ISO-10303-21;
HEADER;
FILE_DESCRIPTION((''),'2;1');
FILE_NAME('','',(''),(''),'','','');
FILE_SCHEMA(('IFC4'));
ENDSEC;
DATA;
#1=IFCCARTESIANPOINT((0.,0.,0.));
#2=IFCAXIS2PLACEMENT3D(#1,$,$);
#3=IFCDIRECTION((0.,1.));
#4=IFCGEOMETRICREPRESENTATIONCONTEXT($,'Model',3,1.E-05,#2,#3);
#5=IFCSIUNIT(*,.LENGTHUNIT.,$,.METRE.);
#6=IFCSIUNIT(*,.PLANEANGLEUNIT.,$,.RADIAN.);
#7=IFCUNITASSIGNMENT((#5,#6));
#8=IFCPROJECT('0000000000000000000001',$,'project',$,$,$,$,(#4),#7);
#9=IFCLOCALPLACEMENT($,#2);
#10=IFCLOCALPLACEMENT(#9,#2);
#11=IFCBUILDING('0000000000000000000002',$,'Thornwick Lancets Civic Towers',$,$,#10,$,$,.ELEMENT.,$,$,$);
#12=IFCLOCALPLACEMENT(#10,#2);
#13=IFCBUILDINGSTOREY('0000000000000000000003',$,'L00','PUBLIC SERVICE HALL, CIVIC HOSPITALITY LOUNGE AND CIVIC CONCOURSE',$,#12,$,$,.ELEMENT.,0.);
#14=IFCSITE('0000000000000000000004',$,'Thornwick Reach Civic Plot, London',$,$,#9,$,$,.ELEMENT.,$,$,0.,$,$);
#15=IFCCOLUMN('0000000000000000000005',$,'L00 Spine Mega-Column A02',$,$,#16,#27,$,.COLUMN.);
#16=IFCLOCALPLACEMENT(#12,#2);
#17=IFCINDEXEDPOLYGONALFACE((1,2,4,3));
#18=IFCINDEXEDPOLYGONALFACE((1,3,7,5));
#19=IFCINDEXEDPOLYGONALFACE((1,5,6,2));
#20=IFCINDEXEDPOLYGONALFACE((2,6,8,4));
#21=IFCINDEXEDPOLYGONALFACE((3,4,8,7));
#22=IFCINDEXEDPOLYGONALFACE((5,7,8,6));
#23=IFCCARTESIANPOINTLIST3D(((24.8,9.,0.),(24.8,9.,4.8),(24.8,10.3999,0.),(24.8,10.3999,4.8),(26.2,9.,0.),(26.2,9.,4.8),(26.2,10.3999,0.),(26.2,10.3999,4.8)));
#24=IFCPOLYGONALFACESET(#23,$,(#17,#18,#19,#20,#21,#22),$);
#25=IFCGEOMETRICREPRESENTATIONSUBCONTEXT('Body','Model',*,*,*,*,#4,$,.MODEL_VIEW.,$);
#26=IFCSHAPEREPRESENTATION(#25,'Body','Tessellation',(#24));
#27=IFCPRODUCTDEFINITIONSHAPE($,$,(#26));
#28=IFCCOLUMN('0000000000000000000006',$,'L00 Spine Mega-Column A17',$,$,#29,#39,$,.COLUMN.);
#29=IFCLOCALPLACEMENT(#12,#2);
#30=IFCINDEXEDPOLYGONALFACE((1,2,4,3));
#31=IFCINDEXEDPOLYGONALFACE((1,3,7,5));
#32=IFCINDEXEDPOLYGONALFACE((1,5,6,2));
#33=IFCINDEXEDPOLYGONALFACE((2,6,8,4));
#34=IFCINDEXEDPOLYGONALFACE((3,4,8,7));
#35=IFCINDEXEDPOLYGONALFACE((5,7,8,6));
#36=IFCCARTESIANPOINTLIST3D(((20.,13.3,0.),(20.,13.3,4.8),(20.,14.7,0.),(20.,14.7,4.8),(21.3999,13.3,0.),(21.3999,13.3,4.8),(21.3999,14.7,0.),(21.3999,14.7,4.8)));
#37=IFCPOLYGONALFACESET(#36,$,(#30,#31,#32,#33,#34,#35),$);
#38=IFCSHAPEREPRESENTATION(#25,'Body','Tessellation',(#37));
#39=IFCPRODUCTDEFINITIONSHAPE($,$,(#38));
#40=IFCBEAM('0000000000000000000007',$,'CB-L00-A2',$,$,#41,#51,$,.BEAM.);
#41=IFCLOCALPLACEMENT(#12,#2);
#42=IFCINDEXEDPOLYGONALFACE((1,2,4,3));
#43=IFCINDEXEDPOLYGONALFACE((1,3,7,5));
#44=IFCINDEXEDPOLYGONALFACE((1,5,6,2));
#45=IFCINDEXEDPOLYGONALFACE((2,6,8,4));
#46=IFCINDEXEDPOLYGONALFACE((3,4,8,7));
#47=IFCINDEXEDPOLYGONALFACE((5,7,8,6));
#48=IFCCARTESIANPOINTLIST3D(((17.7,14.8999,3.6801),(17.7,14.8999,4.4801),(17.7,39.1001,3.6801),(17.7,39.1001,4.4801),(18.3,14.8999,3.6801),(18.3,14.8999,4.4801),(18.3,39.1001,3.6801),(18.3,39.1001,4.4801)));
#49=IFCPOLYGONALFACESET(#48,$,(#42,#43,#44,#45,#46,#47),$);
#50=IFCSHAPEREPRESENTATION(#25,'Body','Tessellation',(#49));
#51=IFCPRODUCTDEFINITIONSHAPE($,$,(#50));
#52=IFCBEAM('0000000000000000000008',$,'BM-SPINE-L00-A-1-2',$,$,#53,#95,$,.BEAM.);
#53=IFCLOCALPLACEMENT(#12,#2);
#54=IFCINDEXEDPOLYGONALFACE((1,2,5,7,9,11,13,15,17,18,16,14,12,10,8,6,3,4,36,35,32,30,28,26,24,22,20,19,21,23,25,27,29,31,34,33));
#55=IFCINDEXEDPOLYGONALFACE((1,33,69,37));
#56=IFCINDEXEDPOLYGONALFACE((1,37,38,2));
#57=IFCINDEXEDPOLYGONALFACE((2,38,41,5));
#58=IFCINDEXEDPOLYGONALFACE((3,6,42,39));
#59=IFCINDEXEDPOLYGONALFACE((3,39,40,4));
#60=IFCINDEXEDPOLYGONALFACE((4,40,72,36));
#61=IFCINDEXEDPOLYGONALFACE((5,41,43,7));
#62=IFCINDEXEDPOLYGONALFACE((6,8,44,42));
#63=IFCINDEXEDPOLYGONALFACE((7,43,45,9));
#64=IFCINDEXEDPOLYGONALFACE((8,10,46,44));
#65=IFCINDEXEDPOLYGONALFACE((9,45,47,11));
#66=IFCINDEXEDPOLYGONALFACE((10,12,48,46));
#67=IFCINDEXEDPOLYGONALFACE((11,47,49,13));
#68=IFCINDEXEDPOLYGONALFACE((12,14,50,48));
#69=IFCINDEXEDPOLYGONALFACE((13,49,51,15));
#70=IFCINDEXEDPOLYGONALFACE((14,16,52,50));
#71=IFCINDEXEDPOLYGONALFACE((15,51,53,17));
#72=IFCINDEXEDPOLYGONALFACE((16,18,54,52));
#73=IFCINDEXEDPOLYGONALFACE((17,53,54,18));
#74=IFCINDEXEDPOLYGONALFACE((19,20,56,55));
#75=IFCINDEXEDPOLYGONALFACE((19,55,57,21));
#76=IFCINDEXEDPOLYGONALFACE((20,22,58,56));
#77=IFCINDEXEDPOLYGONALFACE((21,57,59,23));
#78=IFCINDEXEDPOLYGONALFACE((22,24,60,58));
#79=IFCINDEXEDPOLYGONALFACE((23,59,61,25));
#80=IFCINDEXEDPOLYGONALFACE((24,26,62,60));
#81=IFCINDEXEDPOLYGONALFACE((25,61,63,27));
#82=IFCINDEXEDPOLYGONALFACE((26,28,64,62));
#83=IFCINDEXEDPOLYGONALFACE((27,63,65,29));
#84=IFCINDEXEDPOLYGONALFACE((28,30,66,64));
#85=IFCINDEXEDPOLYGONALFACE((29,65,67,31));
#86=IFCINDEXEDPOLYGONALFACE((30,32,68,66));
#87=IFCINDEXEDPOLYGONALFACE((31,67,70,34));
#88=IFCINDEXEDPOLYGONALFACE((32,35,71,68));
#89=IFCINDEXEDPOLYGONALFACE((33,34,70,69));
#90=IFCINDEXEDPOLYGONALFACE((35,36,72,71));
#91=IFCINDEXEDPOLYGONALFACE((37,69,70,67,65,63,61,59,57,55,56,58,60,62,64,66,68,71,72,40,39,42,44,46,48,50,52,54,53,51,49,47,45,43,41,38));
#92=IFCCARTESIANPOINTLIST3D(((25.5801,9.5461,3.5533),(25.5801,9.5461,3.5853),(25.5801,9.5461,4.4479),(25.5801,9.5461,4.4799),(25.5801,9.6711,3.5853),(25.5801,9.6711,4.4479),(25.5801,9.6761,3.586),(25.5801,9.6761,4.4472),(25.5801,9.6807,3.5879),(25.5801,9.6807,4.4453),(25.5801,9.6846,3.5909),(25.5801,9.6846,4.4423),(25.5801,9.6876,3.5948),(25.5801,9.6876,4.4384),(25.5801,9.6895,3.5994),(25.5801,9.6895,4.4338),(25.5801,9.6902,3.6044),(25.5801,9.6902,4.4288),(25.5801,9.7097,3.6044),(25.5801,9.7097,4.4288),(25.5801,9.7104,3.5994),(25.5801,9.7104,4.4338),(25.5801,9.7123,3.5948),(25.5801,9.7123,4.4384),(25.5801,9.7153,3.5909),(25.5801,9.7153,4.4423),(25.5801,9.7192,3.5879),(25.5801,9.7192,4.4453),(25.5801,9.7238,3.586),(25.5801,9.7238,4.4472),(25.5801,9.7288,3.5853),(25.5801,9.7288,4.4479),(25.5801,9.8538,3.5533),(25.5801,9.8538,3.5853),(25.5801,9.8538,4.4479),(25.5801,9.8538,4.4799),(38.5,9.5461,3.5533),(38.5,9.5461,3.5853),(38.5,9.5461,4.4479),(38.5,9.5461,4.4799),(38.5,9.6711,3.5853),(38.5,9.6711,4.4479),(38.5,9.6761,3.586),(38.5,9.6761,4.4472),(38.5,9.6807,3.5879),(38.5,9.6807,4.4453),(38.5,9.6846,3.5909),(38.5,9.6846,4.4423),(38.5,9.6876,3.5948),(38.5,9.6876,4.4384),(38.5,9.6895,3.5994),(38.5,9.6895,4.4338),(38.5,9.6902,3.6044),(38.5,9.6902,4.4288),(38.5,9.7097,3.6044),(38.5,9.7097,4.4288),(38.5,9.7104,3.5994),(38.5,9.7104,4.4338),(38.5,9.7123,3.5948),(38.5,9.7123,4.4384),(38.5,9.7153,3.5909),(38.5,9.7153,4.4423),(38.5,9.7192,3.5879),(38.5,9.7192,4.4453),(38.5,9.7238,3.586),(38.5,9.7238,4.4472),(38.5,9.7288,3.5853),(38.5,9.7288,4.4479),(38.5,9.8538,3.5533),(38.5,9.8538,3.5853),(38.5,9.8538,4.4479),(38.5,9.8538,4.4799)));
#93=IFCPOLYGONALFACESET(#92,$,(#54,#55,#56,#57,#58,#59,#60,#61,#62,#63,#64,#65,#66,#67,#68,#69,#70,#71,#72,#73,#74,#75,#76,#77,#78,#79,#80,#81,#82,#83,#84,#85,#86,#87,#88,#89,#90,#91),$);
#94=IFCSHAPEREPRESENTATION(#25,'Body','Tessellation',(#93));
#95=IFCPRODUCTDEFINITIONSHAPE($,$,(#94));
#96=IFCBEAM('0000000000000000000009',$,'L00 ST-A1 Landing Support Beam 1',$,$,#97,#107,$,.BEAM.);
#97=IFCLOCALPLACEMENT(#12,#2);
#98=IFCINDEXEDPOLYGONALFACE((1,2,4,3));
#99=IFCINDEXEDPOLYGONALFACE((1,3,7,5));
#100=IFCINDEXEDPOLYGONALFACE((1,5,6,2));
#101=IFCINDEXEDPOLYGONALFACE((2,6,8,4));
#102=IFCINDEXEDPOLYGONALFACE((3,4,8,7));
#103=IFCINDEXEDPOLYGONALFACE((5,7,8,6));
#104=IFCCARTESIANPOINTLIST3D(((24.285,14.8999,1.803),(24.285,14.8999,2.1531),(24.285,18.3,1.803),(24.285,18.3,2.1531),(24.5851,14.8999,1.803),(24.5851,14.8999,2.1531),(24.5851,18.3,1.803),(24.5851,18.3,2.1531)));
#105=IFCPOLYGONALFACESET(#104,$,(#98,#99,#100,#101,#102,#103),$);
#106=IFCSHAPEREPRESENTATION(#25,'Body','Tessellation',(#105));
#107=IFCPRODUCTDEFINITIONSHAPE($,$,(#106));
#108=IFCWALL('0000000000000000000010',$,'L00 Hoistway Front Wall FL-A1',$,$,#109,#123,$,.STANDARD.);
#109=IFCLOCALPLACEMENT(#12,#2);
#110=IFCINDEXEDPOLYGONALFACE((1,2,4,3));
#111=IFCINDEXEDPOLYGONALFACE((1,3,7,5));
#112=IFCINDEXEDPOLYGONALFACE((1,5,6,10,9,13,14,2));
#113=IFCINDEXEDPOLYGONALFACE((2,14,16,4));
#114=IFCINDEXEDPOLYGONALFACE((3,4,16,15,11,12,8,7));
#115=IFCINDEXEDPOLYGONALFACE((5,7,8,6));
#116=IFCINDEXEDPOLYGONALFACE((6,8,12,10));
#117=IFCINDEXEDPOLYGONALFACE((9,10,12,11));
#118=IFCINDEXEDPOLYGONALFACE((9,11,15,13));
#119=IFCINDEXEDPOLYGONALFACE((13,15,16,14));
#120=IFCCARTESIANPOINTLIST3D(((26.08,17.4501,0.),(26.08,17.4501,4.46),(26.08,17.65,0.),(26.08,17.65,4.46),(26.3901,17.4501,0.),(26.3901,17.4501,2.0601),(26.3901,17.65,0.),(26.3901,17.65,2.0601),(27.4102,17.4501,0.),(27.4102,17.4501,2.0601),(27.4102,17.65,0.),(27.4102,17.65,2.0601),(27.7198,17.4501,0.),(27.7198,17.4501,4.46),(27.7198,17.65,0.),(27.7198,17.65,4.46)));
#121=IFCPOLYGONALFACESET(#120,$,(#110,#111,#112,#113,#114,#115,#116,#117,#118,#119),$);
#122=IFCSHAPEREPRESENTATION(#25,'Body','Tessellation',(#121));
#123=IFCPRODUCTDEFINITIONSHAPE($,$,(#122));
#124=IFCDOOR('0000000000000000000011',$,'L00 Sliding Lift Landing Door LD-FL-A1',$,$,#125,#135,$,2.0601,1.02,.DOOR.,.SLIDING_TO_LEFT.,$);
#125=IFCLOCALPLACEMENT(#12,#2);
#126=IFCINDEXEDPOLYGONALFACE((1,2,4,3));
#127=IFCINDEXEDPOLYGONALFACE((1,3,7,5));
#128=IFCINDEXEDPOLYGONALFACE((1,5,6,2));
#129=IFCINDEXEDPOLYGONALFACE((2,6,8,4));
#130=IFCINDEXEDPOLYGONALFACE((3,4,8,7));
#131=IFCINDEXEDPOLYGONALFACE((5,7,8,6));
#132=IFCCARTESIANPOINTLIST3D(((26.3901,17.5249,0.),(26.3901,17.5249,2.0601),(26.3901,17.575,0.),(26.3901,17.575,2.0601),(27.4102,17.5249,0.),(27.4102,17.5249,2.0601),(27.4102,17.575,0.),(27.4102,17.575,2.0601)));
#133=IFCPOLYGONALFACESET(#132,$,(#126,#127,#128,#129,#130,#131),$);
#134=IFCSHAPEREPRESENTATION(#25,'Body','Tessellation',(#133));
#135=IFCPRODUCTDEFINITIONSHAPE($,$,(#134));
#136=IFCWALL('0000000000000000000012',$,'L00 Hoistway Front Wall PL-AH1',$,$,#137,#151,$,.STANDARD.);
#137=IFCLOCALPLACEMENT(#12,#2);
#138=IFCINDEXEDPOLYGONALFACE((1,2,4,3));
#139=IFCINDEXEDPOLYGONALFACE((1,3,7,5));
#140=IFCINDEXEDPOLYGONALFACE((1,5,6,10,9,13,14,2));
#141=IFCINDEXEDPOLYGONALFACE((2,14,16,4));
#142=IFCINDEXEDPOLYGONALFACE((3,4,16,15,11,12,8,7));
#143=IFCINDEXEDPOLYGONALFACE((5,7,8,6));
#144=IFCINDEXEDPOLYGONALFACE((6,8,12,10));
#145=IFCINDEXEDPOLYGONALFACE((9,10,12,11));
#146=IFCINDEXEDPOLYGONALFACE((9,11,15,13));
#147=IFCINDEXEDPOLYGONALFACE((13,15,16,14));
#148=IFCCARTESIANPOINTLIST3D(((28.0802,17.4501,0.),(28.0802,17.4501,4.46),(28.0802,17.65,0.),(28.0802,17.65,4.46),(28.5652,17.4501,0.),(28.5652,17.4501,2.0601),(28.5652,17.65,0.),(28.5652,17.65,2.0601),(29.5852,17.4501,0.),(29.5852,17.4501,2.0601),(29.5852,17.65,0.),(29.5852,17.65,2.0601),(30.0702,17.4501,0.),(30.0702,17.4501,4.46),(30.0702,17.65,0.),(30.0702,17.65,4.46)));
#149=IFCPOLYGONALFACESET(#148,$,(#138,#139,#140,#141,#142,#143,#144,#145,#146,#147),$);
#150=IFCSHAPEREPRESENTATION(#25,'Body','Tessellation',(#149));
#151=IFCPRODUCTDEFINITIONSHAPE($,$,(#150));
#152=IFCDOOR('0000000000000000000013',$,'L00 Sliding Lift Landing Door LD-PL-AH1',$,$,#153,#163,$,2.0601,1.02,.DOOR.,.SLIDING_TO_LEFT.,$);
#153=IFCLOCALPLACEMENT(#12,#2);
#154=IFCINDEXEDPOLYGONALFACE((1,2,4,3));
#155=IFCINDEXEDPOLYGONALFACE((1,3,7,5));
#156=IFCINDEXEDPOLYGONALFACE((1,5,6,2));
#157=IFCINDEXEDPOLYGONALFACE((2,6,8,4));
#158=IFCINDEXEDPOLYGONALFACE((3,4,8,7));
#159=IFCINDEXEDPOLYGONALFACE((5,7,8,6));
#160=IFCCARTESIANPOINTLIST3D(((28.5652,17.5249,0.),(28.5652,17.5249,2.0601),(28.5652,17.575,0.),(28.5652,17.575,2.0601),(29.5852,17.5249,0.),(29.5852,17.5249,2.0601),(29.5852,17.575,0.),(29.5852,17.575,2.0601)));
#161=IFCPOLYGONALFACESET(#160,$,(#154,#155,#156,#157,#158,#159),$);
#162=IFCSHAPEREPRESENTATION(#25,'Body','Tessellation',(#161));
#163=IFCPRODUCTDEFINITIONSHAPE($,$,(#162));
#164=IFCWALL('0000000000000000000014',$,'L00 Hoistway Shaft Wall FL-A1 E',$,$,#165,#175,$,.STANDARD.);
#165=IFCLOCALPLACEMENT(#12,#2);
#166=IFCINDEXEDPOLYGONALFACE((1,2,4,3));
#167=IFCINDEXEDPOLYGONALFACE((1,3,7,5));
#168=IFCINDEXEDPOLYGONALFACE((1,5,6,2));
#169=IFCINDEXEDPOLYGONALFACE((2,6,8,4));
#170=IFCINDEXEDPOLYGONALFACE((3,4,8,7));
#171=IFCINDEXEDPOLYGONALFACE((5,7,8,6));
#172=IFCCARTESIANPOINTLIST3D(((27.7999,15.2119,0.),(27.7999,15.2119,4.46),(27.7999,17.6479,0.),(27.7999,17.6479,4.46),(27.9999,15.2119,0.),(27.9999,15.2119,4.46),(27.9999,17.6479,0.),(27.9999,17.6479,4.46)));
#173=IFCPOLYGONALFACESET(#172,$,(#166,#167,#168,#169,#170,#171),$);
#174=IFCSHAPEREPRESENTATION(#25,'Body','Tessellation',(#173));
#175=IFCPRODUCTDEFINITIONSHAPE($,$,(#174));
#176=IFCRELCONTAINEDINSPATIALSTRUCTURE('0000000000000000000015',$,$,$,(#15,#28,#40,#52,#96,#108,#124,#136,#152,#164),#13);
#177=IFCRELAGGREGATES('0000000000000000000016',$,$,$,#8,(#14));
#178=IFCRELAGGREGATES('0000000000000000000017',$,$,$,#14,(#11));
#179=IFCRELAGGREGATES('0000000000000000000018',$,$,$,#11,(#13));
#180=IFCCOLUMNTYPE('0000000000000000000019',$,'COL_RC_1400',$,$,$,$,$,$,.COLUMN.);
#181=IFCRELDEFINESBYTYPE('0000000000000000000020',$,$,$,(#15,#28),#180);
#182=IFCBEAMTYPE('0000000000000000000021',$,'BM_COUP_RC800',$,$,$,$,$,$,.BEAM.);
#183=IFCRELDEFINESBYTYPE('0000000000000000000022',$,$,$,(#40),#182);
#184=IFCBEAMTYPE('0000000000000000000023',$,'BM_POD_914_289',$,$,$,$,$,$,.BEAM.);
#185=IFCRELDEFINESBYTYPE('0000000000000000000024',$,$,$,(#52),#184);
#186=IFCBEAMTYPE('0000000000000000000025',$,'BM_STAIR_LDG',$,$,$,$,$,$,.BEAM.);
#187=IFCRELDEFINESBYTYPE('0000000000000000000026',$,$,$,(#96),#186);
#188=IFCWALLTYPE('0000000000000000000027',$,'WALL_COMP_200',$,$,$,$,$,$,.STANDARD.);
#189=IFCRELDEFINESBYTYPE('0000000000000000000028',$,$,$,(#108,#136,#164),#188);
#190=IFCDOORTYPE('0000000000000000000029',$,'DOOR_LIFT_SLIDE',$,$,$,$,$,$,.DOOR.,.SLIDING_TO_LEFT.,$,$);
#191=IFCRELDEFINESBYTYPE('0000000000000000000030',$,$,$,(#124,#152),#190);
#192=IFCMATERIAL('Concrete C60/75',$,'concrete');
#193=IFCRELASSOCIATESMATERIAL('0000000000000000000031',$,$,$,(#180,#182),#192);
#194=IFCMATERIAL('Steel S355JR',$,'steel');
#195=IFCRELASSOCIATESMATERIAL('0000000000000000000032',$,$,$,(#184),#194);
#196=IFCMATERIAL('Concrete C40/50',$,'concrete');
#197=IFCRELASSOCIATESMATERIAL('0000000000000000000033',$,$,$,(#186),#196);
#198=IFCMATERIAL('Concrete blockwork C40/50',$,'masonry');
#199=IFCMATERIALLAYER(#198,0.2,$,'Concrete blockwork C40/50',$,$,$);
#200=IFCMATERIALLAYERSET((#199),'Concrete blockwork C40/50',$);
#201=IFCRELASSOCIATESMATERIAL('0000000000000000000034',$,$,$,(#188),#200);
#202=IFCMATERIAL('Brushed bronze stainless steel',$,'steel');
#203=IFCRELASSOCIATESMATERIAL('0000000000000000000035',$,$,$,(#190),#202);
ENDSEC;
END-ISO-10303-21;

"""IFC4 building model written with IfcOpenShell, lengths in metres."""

from ifc_helpers import new_model, si_unit, direction, frame, frame_2d, origin, origin_2d, place, context, subcontext, project, spatial, rectangle, i_section, extrude, material, layer, layer_set, material_profile, profile_set, type_object, element, fill, save


model = new_model("IFC4")

# Units and contexts
model_context = context("Model", 3, precision=1e-05, world=origin(), true_north=direction((0.0, 1.0)))
body_context = subcontext(model_context, "Body", "Model", "MODEL_VIEW")
ifc_project = project(units=[si_unit("LENGTHUNIT", "METRE"), si_unit("PLANEANGLEUNIT", "RADIAN")], contexts=[model_context])

# Site, building, storey
site_placement = place(None, origin())
site = spatial("IfcSite", under=ifc_project, at=site_placement, Name="Thornwick Reach Civic Plot, London", CompositionType="ELEMENT", RefElevation=0.0)
building_placement = place(site_placement, origin())
building = spatial("IfcBuilding", under=site, at=building_placement, Name="Thornwick Lancets Civic Towers", CompositionType="ELEMENT")
storey_placement = place(building_placement, origin())
storey = spatial("IfcBuildingStorey", under=building, at=storey_placement, Name="L00", Description="PUBLIC SERVICE HALL, CIVIC HOSPITALITY LOUNGE AND CIVIC CONCOURSE", CompositionType="ELEMENT", Elevation=0.0)

# Columns
ifc_material_1 = material(Name="Concrete C60/75", Category="concrete")
ifc_material_profile_1 = material_profile(ifc_material_1, rectangle(XDim=1.3999, YDim=1.3999, at=origin_2d()), Name="RC 1400x1400")
ifc_profile_set_1 = profile_set([ifc_material_profile_1], Name="Concrete C60/75")
column_type = type_object("IfcColumnType", Name="COL_RC_1400", PredefinedType="COLUMN", material=ifc_profile_set_1)
for number, where, z_axis, x_axis, name in (
    (1, (25.5, 9.7, 0.0), (0.0, 0.0, 1.0), (1.0, 0.0, 0.0), "L00 Spine Mega-Column A02"),
    (2, (20.7, 14.0, 0.0), (0.0, 0.0, 1.0), (1.0, 0.0, 0.0), "L00 Spine Mega-Column A17"),
):
    element("IfcColumn", number, at=place(storey_placement, frame(where, z_axis=z_axis, x_axis=x_axis)), inside=storey, type_object=column_type, Name=name, PredefinedType="COLUMN", context=body_context, shape_type="SweptSolid", body=[
        extrude(rectangle(XDim=1.3999, YDim=1.3999, at=origin_2d()), origin(), (0.0, 0.0, 1.0), 4.8),
    ])

# Beams
ifc_material_profile_2 = material_profile(ifc_material_1, rectangle(XDim=0.6001, YDim=0.8, at=origin_2d()), Name="RC 600x800")
ifc_profile_set_2 = profile_set([ifc_material_profile_2], Name="Concrete C60/75")
beam_type_1 = type_object("IfcBeamType", Name="BM_COUP_RC800", PredefinedType="BEAM", material=ifc_profile_set_2)
beam_1_placement = place(storey_placement, frame((18.0, 14.8999, 4.0801), z_axis=(0.0, 1.0, 0.0), x_axis=(-1.0, 0.0, 0.0)))
element("IfcBeam", 3, at=beam_1_placement, inside=storey, type_object=beam_type_1, Name="CB-L00-A2", PredefinedType="BEAM", context=body_context, shape_type="SweptSolid", body=[
    extrude(rectangle(XDim=0.6001, YDim=0.8, at=origin_2d()), origin(), (0.0, 0.0, 1.0), 24.2002),
])
ifc_material_2 = material(Name="Steel S355JR", Category="steel")
ifc_material_profile_3 = material_profile(ifc_material_2, i_section(OverallWidth=0.3076, OverallDepth=0.9265, WebThickness=0.0195, FlangeThickness=0.032, FilletRadius=0.019, at=origin_2d()), Name="UKB 914x305x289")
ifc_profile_set_3 = profile_set([ifc_material_profile_3], Name="Steel S355JR")
beam_type_2 = type_object("IfcBeamType", Name="BM_POD_914_289", PredefinedType="BEAM", material=ifc_profile_set_3)
beam_2_placement = place(storey_placement, frame((25.5801, 9.7, 4.0166), z_axis=(1.0, 0.0, 0.0), x_axis=(0.0, 1.0, 0.0)))
element("IfcBeam", 4, at=beam_2_placement, inside=storey, type_object=beam_type_2, Name="BM-SPINE-L00-A-1-2", PredefinedType="BEAM", context=body_context, shape_type="SweptSolid", body=[
    extrude(i_section(OverallWidth=0.3076, OverallDepth=0.9265, WebThickness=0.0195, FlangeThickness=0.032, FilletRadius=0.019, at=origin_2d()), origin(), (0.0, 0.0, 1.0), 12.9199),
])
ifc_material_3 = material(Name="Concrete C40/50", Category="concrete")
ifc_material_profile_4 = material_profile(ifc_material_3, rectangle(XDim=0.3, YDim=0.3501, at=origin_2d()), Name="RC 300x350")
ifc_profile_set_4 = profile_set([ifc_material_profile_4], Name="Concrete C40/50")
beam_type_3 = type_object("IfcBeamType", Name="BM_STAIR_LDG", PredefinedType="BEAM", material=ifc_profile_set_4)
beam_3_placement = place(storey_placement, frame((24.4351, 14.8999, 1.978), z_axis=(0.0, 1.0, 0.0), x_axis=(-1.0, 0.0, 0.0)))
element("IfcBeam", 5, at=beam_3_placement, inside=storey, type_object=beam_type_3, Name="L00 ST-A1 Landing Support Beam 1", PredefinedType="BEAM", context=body_context, shape_type="SweptSolid", body=[
    extrude(rectangle(XDim=0.3, YDim=0.3501, at=origin_2d()), origin(), (0.0, 0.0, 1.0), 3.4001),
])

# Walls, openings, doors
ifc_material_4 = material(Name="Concrete blockwork C40/50", Category="masonry")
ifc_layer_1 = layer(ifc_material_4, 0.2, Name="Concrete blockwork C40/50")
ifc_layer_set_1 = layer_set([ifc_layer_1], Name="Concrete blockwork C40/50")
wall_type_1 = type_object("IfcWallType", Name="WALL_COMP_200", PredefinedType="STANDARD", material=ifc_layer_set_1)
wall_1_placement = place(storey_placement, frame((26.0801, 17.55, 0.0), z_axis=(0.0, 0.0, 1.0), x_axis=(1.0, 0.0, 0.0)))
wall_1 = element("IfcWall", 6, at=wall_1_placement, inside=storey, type_object=wall_type_1, Name="L00 Hoistway Front Wall FL-A1", PredefinedType="STANDARD", context=body_context, shape_type="SweptSolid", body=[
    extrude(rectangle(XDim=1.6399, YDim=0.2, at=frame_2d((0.8198, 0.0))), origin(), (0.0, 0.0, 1.0), 4.46),
])
opening_1_placement = place(wall_1_placement, frame((0.3101, 0.0, 0.0)))
opening_1 = element("IfcOpeningElement", 7, at=opening_1_placement, cuts=wall_1, PredefinedType="OPENING", context=body_context, shape_type="SweptSolid", body=[
    extrude(rectangle(XDim=1.02, YDim=2.0601, at=frame_2d((0.51, 1.03))), frame((0.0, 0.1099, 0.0), z_axis=(0.0, -1.0, 0.0), x_axis=(1.0, 0.0, 0.0)), (0.0, 0.0, 1.0), 0.22),
])
ifc_material_5 = material(Name="Brushed bronze stainless steel", Category="steel")
door_type_1 = type_object("IfcDoorType", Name="DOOR_LIFT_SLIDE", OperationType="SLIDING_TO_LEFT", PredefinedType="DOOR", material=ifc_material_5)
door_1_placement = place(opening_1_placement, origin())
door_1 = element("IfcDoor", 8, at=door_1_placement, inside=storey, type_object=door_type_1, Name="L00 Sliding Lift Landing Door LD-FL-A1", OperationType="SLIDING_TO_LEFT", OverallHeight=2.0601, OverallWidth=1.02, PredefinedType="DOOR", context=body_context, shape_type="SweptSolid", body=[
    extrude(rectangle(XDim=1.02, YDim=2.0601, at=frame_2d((0.51, 1.03))), frame((0.0, 0.0249, 0.0), z_axis=(0.0, -1.0, 0.0), x_axis=(1.0, 0.0, 0.0)), (0.0, 0.0, 1.0), 0.05),
])
fill(opening_1, door_1)
wall_2_placement = place(storey_placement, frame((28.0801, 17.55, 0.0), z_axis=(0.0, 0.0, 1.0), x_axis=(1.0, 0.0, 0.0)))
wall_2 = element("IfcWall", 9, at=wall_2_placement, inside=storey, type_object=wall_type_1, Name="L00 Hoistway Front Wall PL-AH1", PredefinedType="STANDARD", context=body_context, shape_type="SweptSolid", body=[
    extrude(rectangle(XDim=1.99, YDim=0.2, at=frame_2d((0.9951, 0.0))), origin(), (0.0, 0.0, 1.0), 4.46),
])
opening_2_placement = place(wall_2_placement, frame((0.4851, 0.0, 0.0)))
opening_2 = element("IfcOpeningElement", 10, at=opening_2_placement, cuts=wall_2, PredefinedType="OPENING", context=body_context, shape_type="SweptSolid", body=[
    extrude(rectangle(XDim=1.02, YDim=2.0601, at=frame_2d((0.51, 1.03))), frame((0.0, 0.1099, 0.0), z_axis=(0.0, -1.0, 0.0), x_axis=(1.0, 0.0, 0.0)), (0.0, 0.0, 1.0), 0.22),
])
door_2_placement = place(opening_2_placement, origin())
door_2 = element("IfcDoor", 11, at=door_2_placement, inside=storey, type_object=door_type_1, Name="L00 Sliding Lift Landing Door LD-PL-AH1", OperationType="SLIDING_TO_LEFT", OverallHeight=2.0601, OverallWidth=1.02, PredefinedType="DOOR", context=body_context, shape_type="SweptSolid", body=[
    extrude(rectangle(XDim=1.02, YDim=2.0601, at=frame_2d((0.51, 1.03))), frame((0.0, 0.0249, 0.0), z_axis=(0.0, -1.0, 0.0), x_axis=(1.0, 0.0, 0.0)), (0.0, 0.0, 1.0), 0.05),
])
fill(opening_2, door_2)

# Wall
for number, where, z_axis, x_axis, name in (
    (12, (27.8999, 15.2119, 0.0), (0.0, 0.0, 1.0), (0.0, 1.0, 0.0), "L00 Hoistway Shaft Wall FL-A1 E"),
):
    element("IfcWall", number, at=place(storey_placement, frame(where, z_axis=z_axis, x_axis=x_axis)), inside=storey, type_object=wall_type_1, Name=name, PredefinedType="STANDARD", context=body_context, shape_type="SweptSolid", body=[
        extrude(rectangle(XDim=2.436, YDim=0.2, at=frame_2d((1.218, 0.0))), origin(), (0.0, 0.0, 1.0), 4.46),
    ])

save(model, "model.ifc")
